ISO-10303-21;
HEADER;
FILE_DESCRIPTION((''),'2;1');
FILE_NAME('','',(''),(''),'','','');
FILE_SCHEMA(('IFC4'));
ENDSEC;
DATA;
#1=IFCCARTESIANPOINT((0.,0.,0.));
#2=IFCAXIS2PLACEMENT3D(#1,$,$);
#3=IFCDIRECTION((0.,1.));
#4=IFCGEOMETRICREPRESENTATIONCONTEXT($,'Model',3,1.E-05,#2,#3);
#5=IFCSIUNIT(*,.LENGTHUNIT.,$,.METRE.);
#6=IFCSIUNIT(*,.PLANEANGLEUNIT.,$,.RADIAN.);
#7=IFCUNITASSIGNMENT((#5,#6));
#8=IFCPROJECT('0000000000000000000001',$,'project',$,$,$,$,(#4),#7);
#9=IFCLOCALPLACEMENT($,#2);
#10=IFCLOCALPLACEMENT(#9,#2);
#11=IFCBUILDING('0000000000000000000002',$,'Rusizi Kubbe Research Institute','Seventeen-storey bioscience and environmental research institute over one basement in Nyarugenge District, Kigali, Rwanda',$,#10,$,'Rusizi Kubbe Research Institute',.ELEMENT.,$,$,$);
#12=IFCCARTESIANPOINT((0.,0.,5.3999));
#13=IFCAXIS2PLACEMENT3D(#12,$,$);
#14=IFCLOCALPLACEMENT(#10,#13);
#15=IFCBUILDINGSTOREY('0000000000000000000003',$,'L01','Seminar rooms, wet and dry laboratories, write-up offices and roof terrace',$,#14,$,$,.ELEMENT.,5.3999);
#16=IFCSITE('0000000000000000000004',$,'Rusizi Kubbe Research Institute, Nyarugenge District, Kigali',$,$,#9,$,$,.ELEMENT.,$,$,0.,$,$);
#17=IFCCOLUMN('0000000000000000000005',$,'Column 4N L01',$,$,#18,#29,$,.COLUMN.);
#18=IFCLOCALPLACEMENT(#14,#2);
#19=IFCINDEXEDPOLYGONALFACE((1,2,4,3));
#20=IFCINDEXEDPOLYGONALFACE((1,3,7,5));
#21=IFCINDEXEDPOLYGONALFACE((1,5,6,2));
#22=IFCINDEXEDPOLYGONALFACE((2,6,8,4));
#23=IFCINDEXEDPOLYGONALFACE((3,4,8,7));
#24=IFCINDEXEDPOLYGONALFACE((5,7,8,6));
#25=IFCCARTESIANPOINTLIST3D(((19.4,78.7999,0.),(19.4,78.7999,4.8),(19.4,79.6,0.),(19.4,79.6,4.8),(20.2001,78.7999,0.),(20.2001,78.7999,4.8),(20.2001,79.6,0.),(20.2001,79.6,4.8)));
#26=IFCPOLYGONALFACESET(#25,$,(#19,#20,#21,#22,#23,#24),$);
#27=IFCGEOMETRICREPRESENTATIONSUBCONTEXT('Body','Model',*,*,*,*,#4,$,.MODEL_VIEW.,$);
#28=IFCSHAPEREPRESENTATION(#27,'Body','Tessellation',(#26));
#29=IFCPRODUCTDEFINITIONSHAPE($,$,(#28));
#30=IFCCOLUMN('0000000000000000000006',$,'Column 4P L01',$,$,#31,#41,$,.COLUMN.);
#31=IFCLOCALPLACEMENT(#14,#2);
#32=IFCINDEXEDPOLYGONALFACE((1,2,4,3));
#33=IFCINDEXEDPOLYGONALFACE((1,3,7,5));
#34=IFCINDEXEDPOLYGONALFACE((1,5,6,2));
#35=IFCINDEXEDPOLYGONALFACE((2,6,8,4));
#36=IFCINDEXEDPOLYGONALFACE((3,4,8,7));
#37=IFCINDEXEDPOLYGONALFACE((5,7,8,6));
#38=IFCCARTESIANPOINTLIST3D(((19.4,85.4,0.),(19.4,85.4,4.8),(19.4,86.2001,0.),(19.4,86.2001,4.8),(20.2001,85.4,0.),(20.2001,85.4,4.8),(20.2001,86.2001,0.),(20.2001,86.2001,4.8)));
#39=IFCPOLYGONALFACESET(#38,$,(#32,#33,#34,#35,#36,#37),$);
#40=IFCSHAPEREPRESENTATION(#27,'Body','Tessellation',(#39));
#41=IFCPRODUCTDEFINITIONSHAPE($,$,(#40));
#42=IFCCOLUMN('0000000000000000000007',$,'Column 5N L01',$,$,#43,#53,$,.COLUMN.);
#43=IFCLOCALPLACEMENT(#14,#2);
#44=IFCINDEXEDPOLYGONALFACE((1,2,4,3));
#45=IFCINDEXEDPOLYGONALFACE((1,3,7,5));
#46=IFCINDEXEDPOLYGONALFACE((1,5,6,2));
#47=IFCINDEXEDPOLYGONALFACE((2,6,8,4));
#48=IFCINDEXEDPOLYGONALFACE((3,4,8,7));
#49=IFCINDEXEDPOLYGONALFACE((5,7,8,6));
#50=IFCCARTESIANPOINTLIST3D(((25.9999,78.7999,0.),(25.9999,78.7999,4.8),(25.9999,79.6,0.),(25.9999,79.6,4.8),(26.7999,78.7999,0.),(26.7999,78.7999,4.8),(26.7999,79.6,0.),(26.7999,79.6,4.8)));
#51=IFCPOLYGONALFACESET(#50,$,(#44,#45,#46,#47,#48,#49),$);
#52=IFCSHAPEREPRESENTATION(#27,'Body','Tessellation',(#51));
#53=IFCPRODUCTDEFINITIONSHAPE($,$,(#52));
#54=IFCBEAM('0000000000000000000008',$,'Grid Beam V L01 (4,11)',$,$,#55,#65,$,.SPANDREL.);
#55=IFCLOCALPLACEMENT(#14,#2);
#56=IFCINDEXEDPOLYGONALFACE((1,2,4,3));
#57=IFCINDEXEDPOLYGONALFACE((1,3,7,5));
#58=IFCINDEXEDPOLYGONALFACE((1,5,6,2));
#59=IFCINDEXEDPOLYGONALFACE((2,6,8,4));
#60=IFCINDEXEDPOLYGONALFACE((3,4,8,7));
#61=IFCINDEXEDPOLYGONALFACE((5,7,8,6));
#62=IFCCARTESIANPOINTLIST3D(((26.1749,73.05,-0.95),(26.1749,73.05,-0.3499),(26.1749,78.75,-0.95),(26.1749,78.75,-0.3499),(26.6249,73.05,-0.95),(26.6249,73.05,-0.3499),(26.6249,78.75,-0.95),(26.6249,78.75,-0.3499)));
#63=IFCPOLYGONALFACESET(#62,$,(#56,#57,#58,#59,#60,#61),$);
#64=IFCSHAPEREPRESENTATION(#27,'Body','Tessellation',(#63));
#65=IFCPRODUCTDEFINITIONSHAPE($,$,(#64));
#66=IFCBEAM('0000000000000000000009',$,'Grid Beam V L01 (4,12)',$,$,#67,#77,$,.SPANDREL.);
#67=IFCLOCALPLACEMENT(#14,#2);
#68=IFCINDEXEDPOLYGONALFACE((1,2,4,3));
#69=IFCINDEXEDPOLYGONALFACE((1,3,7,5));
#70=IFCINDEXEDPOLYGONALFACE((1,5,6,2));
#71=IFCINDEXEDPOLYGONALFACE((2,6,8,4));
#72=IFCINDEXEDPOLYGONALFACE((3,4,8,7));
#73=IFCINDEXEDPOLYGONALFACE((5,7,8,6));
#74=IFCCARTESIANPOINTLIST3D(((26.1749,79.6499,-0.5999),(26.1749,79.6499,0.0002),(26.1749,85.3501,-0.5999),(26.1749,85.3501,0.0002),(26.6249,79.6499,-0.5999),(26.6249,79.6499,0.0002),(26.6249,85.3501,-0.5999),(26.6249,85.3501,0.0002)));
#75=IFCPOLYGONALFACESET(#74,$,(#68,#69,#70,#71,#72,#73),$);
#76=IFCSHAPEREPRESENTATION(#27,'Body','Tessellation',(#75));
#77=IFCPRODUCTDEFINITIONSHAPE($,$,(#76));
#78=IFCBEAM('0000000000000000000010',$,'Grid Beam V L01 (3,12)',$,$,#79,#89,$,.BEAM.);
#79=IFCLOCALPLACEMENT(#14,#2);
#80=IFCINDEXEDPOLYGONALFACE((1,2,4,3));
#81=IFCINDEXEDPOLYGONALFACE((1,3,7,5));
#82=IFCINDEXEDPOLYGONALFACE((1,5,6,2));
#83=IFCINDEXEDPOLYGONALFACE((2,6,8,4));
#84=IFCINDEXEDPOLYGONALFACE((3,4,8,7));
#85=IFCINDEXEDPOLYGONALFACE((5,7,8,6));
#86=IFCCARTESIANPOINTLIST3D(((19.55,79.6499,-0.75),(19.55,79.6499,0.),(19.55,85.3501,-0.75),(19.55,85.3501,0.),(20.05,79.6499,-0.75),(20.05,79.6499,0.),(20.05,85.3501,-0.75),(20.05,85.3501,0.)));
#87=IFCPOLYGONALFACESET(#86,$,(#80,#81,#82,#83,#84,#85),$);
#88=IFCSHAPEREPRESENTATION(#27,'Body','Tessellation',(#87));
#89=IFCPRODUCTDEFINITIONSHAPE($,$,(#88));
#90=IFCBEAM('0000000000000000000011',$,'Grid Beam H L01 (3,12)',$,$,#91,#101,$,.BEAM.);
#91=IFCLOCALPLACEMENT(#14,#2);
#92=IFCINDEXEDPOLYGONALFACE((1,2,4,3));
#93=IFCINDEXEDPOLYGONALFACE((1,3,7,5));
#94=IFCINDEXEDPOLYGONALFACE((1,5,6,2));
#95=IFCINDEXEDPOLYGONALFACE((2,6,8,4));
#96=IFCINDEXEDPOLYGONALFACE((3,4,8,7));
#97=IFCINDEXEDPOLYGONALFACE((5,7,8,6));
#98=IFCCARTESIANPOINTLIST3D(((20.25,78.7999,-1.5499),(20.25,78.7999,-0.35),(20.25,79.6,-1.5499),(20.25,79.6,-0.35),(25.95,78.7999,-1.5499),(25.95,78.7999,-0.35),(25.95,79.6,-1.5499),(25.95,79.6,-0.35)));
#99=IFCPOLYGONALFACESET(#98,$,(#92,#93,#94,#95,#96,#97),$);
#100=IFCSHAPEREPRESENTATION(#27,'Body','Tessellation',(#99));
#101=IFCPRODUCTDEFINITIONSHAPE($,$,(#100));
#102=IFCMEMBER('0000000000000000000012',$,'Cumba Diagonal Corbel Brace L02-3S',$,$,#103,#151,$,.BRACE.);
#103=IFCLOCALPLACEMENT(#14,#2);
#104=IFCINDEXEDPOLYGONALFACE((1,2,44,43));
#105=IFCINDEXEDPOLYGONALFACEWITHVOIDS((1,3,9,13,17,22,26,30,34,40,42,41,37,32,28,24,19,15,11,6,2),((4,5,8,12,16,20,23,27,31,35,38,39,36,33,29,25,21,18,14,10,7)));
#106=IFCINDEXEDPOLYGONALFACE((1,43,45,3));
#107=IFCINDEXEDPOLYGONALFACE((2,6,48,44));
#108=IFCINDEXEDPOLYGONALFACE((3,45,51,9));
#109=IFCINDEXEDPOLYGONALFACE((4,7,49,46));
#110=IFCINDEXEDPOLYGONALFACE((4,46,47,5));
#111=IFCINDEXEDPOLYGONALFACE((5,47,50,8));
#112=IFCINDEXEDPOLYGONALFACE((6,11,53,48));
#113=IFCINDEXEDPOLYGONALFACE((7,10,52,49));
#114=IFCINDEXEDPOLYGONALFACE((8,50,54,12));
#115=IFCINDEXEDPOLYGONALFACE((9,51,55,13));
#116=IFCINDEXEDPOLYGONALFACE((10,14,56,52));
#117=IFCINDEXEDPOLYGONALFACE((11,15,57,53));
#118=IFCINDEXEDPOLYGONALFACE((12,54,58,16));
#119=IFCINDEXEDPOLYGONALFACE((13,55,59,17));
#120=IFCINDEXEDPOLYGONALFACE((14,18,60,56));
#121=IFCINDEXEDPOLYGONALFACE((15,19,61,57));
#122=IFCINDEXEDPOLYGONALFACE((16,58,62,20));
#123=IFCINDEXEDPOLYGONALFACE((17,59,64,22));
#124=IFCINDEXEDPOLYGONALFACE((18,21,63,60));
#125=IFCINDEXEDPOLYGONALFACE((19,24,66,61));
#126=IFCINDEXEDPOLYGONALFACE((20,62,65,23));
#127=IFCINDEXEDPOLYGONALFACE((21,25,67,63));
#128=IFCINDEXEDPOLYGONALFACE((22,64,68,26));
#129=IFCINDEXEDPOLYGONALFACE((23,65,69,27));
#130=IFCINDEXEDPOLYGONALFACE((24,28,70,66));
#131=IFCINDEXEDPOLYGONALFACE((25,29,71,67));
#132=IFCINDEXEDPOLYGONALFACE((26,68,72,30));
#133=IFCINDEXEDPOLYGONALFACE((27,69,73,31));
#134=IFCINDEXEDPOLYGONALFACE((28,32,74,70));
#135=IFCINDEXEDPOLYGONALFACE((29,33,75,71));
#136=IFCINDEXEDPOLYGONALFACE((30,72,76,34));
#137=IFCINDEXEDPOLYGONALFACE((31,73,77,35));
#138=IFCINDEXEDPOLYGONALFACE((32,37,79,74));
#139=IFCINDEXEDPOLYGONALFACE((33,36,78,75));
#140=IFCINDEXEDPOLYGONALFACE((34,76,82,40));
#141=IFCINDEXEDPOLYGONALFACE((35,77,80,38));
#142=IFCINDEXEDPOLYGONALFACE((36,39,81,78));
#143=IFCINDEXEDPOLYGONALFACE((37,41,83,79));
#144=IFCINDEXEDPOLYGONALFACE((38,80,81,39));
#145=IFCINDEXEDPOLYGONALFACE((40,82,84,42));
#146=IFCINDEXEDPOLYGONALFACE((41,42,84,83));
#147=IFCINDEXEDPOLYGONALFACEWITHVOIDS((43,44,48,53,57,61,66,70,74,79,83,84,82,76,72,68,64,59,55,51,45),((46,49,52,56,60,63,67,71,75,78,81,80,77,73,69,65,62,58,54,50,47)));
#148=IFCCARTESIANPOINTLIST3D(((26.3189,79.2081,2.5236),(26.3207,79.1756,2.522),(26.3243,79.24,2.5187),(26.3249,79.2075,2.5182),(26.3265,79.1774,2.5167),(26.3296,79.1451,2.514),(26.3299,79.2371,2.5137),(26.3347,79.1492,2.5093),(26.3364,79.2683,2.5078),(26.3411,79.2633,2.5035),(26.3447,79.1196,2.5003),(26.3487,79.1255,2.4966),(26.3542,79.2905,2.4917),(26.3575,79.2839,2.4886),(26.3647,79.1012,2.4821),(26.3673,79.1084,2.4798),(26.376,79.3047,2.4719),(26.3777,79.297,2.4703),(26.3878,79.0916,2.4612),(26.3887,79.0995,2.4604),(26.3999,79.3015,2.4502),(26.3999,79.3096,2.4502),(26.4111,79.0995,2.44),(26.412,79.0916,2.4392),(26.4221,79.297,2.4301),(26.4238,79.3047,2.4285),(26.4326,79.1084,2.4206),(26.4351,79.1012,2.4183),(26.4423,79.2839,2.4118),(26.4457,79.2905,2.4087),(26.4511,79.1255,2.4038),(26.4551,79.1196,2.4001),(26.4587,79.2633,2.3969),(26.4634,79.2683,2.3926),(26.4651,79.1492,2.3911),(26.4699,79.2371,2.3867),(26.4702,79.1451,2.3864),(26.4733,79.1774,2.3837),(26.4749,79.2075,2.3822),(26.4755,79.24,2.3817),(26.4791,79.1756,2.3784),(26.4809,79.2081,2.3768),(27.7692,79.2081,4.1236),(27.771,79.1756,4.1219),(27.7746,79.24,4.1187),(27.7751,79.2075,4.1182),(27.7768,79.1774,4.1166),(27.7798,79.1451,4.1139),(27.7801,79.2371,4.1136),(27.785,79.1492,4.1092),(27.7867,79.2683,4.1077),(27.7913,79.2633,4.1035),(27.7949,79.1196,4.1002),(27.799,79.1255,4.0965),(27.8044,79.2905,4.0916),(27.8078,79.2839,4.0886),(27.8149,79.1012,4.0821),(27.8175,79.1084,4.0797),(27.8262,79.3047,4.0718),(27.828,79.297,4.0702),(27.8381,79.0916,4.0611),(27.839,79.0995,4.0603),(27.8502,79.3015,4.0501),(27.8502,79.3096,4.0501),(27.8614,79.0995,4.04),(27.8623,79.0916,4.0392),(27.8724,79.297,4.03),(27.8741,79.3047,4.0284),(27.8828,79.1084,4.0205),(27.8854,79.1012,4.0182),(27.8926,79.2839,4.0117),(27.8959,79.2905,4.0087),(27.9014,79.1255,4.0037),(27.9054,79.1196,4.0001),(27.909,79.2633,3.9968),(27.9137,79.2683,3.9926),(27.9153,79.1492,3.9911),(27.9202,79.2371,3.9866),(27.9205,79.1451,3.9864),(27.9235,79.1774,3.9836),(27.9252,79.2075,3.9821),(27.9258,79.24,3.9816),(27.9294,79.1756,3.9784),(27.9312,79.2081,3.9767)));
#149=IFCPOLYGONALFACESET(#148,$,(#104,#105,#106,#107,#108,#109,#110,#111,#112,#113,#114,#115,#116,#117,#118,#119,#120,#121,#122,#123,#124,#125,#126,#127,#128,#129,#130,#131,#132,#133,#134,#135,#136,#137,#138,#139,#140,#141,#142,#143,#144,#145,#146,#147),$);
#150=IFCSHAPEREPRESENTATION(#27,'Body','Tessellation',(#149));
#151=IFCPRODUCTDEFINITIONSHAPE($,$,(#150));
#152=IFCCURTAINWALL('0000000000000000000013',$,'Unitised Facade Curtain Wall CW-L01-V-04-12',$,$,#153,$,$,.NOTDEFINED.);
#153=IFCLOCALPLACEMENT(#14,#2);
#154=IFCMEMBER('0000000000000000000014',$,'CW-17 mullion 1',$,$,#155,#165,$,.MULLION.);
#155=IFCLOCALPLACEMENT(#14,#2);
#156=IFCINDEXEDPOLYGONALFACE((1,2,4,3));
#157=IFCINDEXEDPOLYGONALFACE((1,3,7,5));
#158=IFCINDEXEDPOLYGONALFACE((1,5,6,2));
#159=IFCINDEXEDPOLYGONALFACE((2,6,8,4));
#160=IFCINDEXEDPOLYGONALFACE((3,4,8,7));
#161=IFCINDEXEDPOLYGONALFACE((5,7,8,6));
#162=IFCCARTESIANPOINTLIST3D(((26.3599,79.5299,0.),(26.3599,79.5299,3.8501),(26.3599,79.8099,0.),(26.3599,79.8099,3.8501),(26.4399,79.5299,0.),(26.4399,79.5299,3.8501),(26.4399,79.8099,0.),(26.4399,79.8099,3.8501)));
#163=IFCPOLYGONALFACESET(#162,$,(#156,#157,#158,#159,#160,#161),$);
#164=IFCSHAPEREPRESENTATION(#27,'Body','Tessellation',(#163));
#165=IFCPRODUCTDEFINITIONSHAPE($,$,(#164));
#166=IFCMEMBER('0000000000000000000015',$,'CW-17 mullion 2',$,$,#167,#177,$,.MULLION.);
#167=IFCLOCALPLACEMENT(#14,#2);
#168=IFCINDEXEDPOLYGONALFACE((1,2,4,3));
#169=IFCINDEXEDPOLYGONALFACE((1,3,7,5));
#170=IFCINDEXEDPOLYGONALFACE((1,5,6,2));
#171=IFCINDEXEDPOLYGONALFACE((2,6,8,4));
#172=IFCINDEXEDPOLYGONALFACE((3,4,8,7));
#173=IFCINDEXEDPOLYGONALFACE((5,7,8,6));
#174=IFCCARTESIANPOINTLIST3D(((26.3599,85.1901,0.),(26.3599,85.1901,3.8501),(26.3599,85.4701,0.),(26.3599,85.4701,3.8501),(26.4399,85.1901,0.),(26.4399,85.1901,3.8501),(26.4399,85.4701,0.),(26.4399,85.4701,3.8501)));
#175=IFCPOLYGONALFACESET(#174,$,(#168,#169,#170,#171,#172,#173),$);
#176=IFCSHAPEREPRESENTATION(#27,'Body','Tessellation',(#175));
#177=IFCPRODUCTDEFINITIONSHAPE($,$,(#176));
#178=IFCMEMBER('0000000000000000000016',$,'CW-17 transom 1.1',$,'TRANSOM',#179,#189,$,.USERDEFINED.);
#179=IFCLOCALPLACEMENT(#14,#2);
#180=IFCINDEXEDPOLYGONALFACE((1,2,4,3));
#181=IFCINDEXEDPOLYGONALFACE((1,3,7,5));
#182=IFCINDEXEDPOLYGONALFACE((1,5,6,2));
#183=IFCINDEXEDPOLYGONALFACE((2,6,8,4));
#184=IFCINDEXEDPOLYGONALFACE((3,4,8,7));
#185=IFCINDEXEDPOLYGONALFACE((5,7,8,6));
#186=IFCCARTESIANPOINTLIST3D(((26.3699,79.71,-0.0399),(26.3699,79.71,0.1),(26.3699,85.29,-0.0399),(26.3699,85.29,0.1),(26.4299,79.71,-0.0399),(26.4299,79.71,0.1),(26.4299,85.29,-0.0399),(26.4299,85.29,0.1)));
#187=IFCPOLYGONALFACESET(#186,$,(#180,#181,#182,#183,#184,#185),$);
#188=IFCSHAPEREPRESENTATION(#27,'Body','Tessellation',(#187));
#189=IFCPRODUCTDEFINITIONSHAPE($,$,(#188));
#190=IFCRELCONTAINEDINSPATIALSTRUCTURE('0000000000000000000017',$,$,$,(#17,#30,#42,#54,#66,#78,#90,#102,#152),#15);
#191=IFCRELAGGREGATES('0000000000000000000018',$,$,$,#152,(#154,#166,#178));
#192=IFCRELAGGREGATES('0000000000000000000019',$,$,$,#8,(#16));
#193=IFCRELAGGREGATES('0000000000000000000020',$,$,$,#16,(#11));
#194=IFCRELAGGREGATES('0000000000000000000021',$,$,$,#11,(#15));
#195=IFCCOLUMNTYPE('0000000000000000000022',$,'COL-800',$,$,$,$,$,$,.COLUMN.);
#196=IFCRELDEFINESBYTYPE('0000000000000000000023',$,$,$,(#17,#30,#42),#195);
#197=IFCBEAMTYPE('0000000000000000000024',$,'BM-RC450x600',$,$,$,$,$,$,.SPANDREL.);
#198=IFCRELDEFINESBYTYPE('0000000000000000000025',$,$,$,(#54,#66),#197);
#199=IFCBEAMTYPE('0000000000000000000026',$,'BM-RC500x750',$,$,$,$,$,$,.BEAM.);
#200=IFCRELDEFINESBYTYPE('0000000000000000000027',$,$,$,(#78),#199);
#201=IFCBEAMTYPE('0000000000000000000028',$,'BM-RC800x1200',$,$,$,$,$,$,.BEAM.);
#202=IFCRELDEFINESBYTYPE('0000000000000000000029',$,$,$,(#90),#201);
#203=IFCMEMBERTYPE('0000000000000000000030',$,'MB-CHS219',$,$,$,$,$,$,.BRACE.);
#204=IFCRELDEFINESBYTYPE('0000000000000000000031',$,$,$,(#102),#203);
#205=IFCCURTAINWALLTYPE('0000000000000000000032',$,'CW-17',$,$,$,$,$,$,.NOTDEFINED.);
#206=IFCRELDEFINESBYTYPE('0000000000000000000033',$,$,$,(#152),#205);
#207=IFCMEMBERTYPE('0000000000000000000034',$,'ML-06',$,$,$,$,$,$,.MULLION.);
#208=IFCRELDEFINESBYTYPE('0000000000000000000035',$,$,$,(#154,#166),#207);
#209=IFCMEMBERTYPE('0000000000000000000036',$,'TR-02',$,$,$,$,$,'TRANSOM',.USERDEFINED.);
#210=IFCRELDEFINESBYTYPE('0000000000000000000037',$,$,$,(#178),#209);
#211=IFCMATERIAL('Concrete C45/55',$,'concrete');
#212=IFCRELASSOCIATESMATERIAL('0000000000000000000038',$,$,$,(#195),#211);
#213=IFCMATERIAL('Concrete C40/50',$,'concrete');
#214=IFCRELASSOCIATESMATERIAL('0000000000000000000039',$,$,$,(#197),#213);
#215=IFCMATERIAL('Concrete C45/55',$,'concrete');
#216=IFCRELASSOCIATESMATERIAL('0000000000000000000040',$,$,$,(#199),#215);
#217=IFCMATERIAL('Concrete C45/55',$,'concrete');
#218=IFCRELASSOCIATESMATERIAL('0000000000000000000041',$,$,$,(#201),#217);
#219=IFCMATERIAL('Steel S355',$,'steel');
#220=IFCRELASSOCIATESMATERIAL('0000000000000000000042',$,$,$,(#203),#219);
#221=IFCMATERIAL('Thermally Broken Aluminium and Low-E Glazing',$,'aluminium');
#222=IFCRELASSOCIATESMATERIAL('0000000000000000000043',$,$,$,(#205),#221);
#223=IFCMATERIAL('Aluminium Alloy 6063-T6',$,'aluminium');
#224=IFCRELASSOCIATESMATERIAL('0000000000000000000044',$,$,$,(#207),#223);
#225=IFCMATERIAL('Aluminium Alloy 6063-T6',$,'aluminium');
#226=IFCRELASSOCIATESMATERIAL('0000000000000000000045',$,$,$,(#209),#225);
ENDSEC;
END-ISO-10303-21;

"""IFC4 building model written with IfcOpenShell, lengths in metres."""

from ifc_helpers import new_model, si_unit, direction, frame, origin, origin_2d, place, context, subcontext, project, spatial, rectangle, hollow_circle, extrude, material, material_profile, profile_set, type_object, element, aggregate, save


model = new_model("IFC4")

# Units and contexts
model_context = context("Model", 3, precision=1e-05, world=origin(), true_north=direction((0.0, 1.0)))
body_context = subcontext(model_context, "Body", "Model", "MODEL_VIEW")
ifc_project = project(units=[si_unit("LENGTHUNIT", "METRE"), si_unit("PLANEANGLEUNIT", "RADIAN")], contexts=[model_context])

# Site, building, storey
site_placement = place(None, origin())
site = spatial("IfcSite", under=ifc_project, at=site_placement, Name="Rusizi Kubbe Research Institute, Nyarugenge District, Kigali", CompositionType="ELEMENT", RefElevation=0.0)
building_placement = place(site_placement, origin())
building = spatial("IfcBuilding", under=site, at=building_placement, Name="Rusizi Kubbe Research Institute", Description="Seventeen-storey bioscience and environmental research institute over one basement in Nyarugenge District, Kigali, Rwanda", LongName="Rusizi Kubbe Research Institute", CompositionType="ELEMENT")
storey_placement = place(building_placement, frame((0.0, 0.0, 5.3999)))
storey = spatial("IfcBuildingStorey", under=building, at=storey_placement, Name="L01", Description="Seminar rooms, wet and dry laboratories, write-up offices and roof terrace", CompositionType="ELEMENT", Elevation=5.3999)

# Columns
ifc_material_1 = material(Name="Concrete C45/55", Category="concrete")
ifc_material_profile_1 = material_profile(ifc_material_1, rectangle(XDim=0.8, YDim=0.8, at=origin_2d()), Name="RC800x800")
ifc_profile_set_1 = profile_set([ifc_material_profile_1], Name="Concrete C45/55")
column_type = type_object("IfcColumnType", Name="COL-800", PredefinedType="COLUMN", material=ifc_profile_set_1)
for number, where, z_axis, x_axis, name in (
    (1, (19.8, 79.2, 0.0), (0.0, 0.0, 1.0), (1.0, 0.0, 0.0), "Column 4N L01"),
    (2, (19.8, 85.8, 0.0), (0.0, 0.0, 1.0), (1.0, 0.0, 0.0), "Column 4P L01"),
    (3, (26.3999, 79.2, 0.0), (0.0, 0.0, 1.0), (1.0, 0.0, 0.0), "Column 5N L01"),
):
    element("IfcColumn", number, at=place(storey_placement, frame(where, z_axis=z_axis, x_axis=x_axis)), inside=storey, type_object=column_type, Name=name, PredefinedType="COLUMN", context=body_context, shape_type="SweptSolid", body=[
        extrude(rectangle(XDim=0.8, YDim=0.8, at=origin_2d()), origin(), (0.0, 0.0, 1.0), 4.8),
    ])

# Beams
ifc_material_2 = material(Name="Concrete C40/50", Category="concrete")
ifc_material_profile_2 = material_profile(ifc_material_2, rectangle(XDim=0.45, YDim=0.6001, at=origin_2d()), Name="RC450x600")
ifc_profile_set_2 = profile_set([ifc_material_profile_2], Name="Concrete C40/50")
beam_type_1 = type_object("IfcBeamType", Name="BM-RC450x600", PredefinedType="SPANDREL", material=ifc_profile_set_2)
beam_1_placement = place(storey_placement, frame((26.3999, 73.05, -0.6499), z_axis=(0.0, 1.0, 0.0), x_axis=(-1.0, 0.0, 0.0)))
element("IfcBeam", 4, at=beam_1_placement, inside=storey, type_object=beam_type_1, Name="Grid Beam V L01 (4,11)", PredefinedType="SPANDREL", context=body_context, shape_type="SweptSolid", body=[
    extrude(rectangle(XDim=0.45, YDim=0.6001, at=origin_2d()), origin(), (0.0, 0.0, 1.0), 5.7),
])
beam_2_placement = place(storey_placement, frame((26.3999, 79.6499, -0.2998), z_axis=(0.0, 1.0, 0.0), x_axis=(-1.0, 0.0, 0.0)))
element("IfcBeam", 5, at=beam_2_placement, inside=storey, type_object=beam_type_1, Name="Grid Beam V L01 (4,12)", PredefinedType="SPANDREL", context=body_context, shape_type="SweptSolid", body=[
    extrude(rectangle(XDim=0.45, YDim=0.6001, at=origin_2d()), origin(), (0.0, 0.0, 1.0), 5.7002),
])
ifc_material_3 = material(Name="Concrete C45/55", Category="concrete")
ifc_material_profile_3 = material_profile(ifc_material_3, rectangle(XDim=0.5, YDim=0.75, at=origin_2d()), Name="RC500x750B")
ifc_profile_set_3 = profile_set([ifc_material_profile_3], Name="Concrete C45/55")
beam_type_2 = type_object("IfcBeamType", Name="BM-RC500x750", PredefinedType="BEAM", material=ifc_profile_set_3)
beam_3_placement = place(storey_placement, frame((19.8, 79.6499, -0.375), z_axis=(0.0, 1.0, 0.0), x_axis=(-1.0, 0.0, 0.0)))
element("IfcBeam", 6, at=beam_3_placement, inside=storey, type_object=beam_type_2, Name="Grid Beam V L01 (3,12)", PredefinedType="BEAM", context=body_context, shape_type="SweptSolid", body=[
    extrude(rectangle(XDim=0.5, YDim=0.75, at=origin_2d()), origin(), (0.0, 0.0, 1.0), 5.7002),
])
ifc_material_4 = material(Name="Concrete C45/55", Category="concrete")
ifc_material_profile_4 = material_profile(ifc_material_4, rectangle(XDim=0.8, YDim=1.2, at=origin_2d()), Name="RC800x1200")
ifc_profile_set_4 = profile_set([ifc_material_profile_4], Name="Concrete C45/55")
beam_type_3 = type_object("IfcBeamType", Name="BM-RC800x1200", PredefinedType="BEAM", material=ifc_profile_set_4)
beam_4_placement = place(storey_placement, frame((20.25, 79.2, -0.95), z_axis=(1.0, 0.0, 0.0), x_axis=(0.0, 1.0, 0.0)))
element("IfcBeam", 7, at=beam_4_placement, inside=storey, type_object=beam_type_3, Name="Grid Beam H L01 (3,12)", PredefinedType="BEAM", context=body_context, shape_type="SweptSolid", body=[
    extrude(rectangle(XDim=0.8, YDim=1.2, at=origin_2d()), origin(), (0.0, 0.0, 1.0), 5.7),
])

# Member
ifc_material_5 = material(Name="Steel S355", Category="steel")
ifc_material_profile_5 = material_profile(ifc_material_5, hollow_circle(Radius=0.1096, WallThickness=0.0081, at=origin_2d()), Name="CHS 219.1x8.0")
ifc_profile_set_5 = profile_set([ifc_material_profile_5], Name="Steel S355")
member_type_1 = type_object("IfcMemberType", Name="MB-CHS219", PredefinedType="BRACE", material=ifc_profile_set_5)
member_1_placement = place(storey_placement, frame((26.3999, 79.2, 2.4502), z_axis=(0.671603, 0.0, 0.740911), x_axis=(0.0, 1.0, 0.0)))
element("IfcMember", 8, at=member_1_placement, inside=storey, type_object=member_type_1, Name="Cumba Diagonal Corbel Brace L02-3S", PredefinedType="BRACE", context=body_context, shape_type="SweptSolid", body=[
    extrude(hollow_circle(Radius=0.1096, WallThickness=0.0081, at=origin_2d()), origin(), (0.0, 0.0, 1.0), 2.1594),
])

# Curtain wall, members
ifc_material_6 = material(Name="Thermally Broken Aluminium and Low-E Glazing", Category="aluminium")
curtain_wall_type = type_object("IfcCurtainWallType", Name="CW-17", PredefinedType="NOTDEFINED", material=ifc_material_6)
curtain_wall_placement = place(storey_placement, origin())
curtain_wall = element("IfcCurtainWall", 9, at=curtain_wall_placement, inside=storey, type_object=curtain_wall_type, Name="Unitised Facade Curtain Wall CW-L01-V-04-12", PredefinedType="NOTDEFINED")
ifc_material_7 = material(Name="Aluminium Alloy 6063-T6", Category="aluminium")
ifc_material_profile_6 = material_profile(ifc_material_7, rectangle(XDim=0.0801, YDim=0.28, at=origin_2d()), Name="ALU-M 80x280")
ifc_profile_set_6 = profile_set([ifc_material_profile_6], Name="Aluminium Alloy 6063-T6")
member_type_2 = type_object("IfcMemberType", Name="ML-06", PredefinedType="MULLION", material=ifc_profile_set_6)
member_2_placement = place(storey_placement, frame((26.3999, 79.6699, 0.0), z_axis=(0.0, 0.0, 1.0), x_axis=(-1.0, 0.0, 0.0)))
member_2 = element("IfcMember", 10, at=member_2_placement, type_object=member_type_2, Name="CW-17 mullion 1", PredefinedType="MULLION", context=body_context, shape_type="SweptSolid", body=[
    extrude(rectangle(XDim=0.0801, YDim=0.28, at=origin_2d()), origin(), (0.0, 0.0, 1.0), 3.8501),
])
member_3_placement = place(storey_placement, frame((26.3999, 85.3301, 0.0), z_axis=(0.0, 0.0, 1.0), x_axis=(-1.0, 0.0, 0.0)))
member_3 = element("IfcMember", 11, at=member_3_placement, type_object=member_type_2, Name="CW-17 mullion 2", PredefinedType="MULLION", context=body_context, shape_type="SweptSolid", body=[
    extrude(rectangle(XDim=0.0801, YDim=0.28, at=origin_2d()), origin(), (0.0, 0.0, 1.0), 3.8501),
])
ifc_material_8 = material(Name="Aluminium Alloy 6063-T6", Category="aluminium")
ifc_material_profile_7 = material_profile(ifc_material_8, rectangle(XDim=0.0601, YDim=0.1399, at=origin_2d()), Name="ALU-T 60x140")
ifc_profile_set_7 = profile_set([ifc_material_profile_7], Name="Aluminium Alloy 6063-T6")
member_type_3 = type_object("IfcMemberType", Name="TR-02", ElementType="TRANSOM", PredefinedType="USERDEFINED", material=ifc_profile_set_7)
member_4_placement = place(storey_placement, frame((26.3999, 79.71, 0.03), z_axis=(0.0, 1.0, 0.0), x_axis=(-1.0, 0.0, 0.0)))
member_4 = element("IfcMember", 12, at=member_4_placement, type_object=member_type_3, Name="CW-17 transom 1.1", ObjectType="TRANSOM", PredefinedType="USERDEFINED", context=body_context, shape_type="SweptSolid", body=[
    extrude(rectangle(XDim=0.0601, YDim=0.1399, at=origin_2d()), origin(), (0.0, 0.0, 1.0), 5.5801),
])

aggregate(curtain_wall, [member_2, member_3, member_4])

save(model, "model.ifc")
